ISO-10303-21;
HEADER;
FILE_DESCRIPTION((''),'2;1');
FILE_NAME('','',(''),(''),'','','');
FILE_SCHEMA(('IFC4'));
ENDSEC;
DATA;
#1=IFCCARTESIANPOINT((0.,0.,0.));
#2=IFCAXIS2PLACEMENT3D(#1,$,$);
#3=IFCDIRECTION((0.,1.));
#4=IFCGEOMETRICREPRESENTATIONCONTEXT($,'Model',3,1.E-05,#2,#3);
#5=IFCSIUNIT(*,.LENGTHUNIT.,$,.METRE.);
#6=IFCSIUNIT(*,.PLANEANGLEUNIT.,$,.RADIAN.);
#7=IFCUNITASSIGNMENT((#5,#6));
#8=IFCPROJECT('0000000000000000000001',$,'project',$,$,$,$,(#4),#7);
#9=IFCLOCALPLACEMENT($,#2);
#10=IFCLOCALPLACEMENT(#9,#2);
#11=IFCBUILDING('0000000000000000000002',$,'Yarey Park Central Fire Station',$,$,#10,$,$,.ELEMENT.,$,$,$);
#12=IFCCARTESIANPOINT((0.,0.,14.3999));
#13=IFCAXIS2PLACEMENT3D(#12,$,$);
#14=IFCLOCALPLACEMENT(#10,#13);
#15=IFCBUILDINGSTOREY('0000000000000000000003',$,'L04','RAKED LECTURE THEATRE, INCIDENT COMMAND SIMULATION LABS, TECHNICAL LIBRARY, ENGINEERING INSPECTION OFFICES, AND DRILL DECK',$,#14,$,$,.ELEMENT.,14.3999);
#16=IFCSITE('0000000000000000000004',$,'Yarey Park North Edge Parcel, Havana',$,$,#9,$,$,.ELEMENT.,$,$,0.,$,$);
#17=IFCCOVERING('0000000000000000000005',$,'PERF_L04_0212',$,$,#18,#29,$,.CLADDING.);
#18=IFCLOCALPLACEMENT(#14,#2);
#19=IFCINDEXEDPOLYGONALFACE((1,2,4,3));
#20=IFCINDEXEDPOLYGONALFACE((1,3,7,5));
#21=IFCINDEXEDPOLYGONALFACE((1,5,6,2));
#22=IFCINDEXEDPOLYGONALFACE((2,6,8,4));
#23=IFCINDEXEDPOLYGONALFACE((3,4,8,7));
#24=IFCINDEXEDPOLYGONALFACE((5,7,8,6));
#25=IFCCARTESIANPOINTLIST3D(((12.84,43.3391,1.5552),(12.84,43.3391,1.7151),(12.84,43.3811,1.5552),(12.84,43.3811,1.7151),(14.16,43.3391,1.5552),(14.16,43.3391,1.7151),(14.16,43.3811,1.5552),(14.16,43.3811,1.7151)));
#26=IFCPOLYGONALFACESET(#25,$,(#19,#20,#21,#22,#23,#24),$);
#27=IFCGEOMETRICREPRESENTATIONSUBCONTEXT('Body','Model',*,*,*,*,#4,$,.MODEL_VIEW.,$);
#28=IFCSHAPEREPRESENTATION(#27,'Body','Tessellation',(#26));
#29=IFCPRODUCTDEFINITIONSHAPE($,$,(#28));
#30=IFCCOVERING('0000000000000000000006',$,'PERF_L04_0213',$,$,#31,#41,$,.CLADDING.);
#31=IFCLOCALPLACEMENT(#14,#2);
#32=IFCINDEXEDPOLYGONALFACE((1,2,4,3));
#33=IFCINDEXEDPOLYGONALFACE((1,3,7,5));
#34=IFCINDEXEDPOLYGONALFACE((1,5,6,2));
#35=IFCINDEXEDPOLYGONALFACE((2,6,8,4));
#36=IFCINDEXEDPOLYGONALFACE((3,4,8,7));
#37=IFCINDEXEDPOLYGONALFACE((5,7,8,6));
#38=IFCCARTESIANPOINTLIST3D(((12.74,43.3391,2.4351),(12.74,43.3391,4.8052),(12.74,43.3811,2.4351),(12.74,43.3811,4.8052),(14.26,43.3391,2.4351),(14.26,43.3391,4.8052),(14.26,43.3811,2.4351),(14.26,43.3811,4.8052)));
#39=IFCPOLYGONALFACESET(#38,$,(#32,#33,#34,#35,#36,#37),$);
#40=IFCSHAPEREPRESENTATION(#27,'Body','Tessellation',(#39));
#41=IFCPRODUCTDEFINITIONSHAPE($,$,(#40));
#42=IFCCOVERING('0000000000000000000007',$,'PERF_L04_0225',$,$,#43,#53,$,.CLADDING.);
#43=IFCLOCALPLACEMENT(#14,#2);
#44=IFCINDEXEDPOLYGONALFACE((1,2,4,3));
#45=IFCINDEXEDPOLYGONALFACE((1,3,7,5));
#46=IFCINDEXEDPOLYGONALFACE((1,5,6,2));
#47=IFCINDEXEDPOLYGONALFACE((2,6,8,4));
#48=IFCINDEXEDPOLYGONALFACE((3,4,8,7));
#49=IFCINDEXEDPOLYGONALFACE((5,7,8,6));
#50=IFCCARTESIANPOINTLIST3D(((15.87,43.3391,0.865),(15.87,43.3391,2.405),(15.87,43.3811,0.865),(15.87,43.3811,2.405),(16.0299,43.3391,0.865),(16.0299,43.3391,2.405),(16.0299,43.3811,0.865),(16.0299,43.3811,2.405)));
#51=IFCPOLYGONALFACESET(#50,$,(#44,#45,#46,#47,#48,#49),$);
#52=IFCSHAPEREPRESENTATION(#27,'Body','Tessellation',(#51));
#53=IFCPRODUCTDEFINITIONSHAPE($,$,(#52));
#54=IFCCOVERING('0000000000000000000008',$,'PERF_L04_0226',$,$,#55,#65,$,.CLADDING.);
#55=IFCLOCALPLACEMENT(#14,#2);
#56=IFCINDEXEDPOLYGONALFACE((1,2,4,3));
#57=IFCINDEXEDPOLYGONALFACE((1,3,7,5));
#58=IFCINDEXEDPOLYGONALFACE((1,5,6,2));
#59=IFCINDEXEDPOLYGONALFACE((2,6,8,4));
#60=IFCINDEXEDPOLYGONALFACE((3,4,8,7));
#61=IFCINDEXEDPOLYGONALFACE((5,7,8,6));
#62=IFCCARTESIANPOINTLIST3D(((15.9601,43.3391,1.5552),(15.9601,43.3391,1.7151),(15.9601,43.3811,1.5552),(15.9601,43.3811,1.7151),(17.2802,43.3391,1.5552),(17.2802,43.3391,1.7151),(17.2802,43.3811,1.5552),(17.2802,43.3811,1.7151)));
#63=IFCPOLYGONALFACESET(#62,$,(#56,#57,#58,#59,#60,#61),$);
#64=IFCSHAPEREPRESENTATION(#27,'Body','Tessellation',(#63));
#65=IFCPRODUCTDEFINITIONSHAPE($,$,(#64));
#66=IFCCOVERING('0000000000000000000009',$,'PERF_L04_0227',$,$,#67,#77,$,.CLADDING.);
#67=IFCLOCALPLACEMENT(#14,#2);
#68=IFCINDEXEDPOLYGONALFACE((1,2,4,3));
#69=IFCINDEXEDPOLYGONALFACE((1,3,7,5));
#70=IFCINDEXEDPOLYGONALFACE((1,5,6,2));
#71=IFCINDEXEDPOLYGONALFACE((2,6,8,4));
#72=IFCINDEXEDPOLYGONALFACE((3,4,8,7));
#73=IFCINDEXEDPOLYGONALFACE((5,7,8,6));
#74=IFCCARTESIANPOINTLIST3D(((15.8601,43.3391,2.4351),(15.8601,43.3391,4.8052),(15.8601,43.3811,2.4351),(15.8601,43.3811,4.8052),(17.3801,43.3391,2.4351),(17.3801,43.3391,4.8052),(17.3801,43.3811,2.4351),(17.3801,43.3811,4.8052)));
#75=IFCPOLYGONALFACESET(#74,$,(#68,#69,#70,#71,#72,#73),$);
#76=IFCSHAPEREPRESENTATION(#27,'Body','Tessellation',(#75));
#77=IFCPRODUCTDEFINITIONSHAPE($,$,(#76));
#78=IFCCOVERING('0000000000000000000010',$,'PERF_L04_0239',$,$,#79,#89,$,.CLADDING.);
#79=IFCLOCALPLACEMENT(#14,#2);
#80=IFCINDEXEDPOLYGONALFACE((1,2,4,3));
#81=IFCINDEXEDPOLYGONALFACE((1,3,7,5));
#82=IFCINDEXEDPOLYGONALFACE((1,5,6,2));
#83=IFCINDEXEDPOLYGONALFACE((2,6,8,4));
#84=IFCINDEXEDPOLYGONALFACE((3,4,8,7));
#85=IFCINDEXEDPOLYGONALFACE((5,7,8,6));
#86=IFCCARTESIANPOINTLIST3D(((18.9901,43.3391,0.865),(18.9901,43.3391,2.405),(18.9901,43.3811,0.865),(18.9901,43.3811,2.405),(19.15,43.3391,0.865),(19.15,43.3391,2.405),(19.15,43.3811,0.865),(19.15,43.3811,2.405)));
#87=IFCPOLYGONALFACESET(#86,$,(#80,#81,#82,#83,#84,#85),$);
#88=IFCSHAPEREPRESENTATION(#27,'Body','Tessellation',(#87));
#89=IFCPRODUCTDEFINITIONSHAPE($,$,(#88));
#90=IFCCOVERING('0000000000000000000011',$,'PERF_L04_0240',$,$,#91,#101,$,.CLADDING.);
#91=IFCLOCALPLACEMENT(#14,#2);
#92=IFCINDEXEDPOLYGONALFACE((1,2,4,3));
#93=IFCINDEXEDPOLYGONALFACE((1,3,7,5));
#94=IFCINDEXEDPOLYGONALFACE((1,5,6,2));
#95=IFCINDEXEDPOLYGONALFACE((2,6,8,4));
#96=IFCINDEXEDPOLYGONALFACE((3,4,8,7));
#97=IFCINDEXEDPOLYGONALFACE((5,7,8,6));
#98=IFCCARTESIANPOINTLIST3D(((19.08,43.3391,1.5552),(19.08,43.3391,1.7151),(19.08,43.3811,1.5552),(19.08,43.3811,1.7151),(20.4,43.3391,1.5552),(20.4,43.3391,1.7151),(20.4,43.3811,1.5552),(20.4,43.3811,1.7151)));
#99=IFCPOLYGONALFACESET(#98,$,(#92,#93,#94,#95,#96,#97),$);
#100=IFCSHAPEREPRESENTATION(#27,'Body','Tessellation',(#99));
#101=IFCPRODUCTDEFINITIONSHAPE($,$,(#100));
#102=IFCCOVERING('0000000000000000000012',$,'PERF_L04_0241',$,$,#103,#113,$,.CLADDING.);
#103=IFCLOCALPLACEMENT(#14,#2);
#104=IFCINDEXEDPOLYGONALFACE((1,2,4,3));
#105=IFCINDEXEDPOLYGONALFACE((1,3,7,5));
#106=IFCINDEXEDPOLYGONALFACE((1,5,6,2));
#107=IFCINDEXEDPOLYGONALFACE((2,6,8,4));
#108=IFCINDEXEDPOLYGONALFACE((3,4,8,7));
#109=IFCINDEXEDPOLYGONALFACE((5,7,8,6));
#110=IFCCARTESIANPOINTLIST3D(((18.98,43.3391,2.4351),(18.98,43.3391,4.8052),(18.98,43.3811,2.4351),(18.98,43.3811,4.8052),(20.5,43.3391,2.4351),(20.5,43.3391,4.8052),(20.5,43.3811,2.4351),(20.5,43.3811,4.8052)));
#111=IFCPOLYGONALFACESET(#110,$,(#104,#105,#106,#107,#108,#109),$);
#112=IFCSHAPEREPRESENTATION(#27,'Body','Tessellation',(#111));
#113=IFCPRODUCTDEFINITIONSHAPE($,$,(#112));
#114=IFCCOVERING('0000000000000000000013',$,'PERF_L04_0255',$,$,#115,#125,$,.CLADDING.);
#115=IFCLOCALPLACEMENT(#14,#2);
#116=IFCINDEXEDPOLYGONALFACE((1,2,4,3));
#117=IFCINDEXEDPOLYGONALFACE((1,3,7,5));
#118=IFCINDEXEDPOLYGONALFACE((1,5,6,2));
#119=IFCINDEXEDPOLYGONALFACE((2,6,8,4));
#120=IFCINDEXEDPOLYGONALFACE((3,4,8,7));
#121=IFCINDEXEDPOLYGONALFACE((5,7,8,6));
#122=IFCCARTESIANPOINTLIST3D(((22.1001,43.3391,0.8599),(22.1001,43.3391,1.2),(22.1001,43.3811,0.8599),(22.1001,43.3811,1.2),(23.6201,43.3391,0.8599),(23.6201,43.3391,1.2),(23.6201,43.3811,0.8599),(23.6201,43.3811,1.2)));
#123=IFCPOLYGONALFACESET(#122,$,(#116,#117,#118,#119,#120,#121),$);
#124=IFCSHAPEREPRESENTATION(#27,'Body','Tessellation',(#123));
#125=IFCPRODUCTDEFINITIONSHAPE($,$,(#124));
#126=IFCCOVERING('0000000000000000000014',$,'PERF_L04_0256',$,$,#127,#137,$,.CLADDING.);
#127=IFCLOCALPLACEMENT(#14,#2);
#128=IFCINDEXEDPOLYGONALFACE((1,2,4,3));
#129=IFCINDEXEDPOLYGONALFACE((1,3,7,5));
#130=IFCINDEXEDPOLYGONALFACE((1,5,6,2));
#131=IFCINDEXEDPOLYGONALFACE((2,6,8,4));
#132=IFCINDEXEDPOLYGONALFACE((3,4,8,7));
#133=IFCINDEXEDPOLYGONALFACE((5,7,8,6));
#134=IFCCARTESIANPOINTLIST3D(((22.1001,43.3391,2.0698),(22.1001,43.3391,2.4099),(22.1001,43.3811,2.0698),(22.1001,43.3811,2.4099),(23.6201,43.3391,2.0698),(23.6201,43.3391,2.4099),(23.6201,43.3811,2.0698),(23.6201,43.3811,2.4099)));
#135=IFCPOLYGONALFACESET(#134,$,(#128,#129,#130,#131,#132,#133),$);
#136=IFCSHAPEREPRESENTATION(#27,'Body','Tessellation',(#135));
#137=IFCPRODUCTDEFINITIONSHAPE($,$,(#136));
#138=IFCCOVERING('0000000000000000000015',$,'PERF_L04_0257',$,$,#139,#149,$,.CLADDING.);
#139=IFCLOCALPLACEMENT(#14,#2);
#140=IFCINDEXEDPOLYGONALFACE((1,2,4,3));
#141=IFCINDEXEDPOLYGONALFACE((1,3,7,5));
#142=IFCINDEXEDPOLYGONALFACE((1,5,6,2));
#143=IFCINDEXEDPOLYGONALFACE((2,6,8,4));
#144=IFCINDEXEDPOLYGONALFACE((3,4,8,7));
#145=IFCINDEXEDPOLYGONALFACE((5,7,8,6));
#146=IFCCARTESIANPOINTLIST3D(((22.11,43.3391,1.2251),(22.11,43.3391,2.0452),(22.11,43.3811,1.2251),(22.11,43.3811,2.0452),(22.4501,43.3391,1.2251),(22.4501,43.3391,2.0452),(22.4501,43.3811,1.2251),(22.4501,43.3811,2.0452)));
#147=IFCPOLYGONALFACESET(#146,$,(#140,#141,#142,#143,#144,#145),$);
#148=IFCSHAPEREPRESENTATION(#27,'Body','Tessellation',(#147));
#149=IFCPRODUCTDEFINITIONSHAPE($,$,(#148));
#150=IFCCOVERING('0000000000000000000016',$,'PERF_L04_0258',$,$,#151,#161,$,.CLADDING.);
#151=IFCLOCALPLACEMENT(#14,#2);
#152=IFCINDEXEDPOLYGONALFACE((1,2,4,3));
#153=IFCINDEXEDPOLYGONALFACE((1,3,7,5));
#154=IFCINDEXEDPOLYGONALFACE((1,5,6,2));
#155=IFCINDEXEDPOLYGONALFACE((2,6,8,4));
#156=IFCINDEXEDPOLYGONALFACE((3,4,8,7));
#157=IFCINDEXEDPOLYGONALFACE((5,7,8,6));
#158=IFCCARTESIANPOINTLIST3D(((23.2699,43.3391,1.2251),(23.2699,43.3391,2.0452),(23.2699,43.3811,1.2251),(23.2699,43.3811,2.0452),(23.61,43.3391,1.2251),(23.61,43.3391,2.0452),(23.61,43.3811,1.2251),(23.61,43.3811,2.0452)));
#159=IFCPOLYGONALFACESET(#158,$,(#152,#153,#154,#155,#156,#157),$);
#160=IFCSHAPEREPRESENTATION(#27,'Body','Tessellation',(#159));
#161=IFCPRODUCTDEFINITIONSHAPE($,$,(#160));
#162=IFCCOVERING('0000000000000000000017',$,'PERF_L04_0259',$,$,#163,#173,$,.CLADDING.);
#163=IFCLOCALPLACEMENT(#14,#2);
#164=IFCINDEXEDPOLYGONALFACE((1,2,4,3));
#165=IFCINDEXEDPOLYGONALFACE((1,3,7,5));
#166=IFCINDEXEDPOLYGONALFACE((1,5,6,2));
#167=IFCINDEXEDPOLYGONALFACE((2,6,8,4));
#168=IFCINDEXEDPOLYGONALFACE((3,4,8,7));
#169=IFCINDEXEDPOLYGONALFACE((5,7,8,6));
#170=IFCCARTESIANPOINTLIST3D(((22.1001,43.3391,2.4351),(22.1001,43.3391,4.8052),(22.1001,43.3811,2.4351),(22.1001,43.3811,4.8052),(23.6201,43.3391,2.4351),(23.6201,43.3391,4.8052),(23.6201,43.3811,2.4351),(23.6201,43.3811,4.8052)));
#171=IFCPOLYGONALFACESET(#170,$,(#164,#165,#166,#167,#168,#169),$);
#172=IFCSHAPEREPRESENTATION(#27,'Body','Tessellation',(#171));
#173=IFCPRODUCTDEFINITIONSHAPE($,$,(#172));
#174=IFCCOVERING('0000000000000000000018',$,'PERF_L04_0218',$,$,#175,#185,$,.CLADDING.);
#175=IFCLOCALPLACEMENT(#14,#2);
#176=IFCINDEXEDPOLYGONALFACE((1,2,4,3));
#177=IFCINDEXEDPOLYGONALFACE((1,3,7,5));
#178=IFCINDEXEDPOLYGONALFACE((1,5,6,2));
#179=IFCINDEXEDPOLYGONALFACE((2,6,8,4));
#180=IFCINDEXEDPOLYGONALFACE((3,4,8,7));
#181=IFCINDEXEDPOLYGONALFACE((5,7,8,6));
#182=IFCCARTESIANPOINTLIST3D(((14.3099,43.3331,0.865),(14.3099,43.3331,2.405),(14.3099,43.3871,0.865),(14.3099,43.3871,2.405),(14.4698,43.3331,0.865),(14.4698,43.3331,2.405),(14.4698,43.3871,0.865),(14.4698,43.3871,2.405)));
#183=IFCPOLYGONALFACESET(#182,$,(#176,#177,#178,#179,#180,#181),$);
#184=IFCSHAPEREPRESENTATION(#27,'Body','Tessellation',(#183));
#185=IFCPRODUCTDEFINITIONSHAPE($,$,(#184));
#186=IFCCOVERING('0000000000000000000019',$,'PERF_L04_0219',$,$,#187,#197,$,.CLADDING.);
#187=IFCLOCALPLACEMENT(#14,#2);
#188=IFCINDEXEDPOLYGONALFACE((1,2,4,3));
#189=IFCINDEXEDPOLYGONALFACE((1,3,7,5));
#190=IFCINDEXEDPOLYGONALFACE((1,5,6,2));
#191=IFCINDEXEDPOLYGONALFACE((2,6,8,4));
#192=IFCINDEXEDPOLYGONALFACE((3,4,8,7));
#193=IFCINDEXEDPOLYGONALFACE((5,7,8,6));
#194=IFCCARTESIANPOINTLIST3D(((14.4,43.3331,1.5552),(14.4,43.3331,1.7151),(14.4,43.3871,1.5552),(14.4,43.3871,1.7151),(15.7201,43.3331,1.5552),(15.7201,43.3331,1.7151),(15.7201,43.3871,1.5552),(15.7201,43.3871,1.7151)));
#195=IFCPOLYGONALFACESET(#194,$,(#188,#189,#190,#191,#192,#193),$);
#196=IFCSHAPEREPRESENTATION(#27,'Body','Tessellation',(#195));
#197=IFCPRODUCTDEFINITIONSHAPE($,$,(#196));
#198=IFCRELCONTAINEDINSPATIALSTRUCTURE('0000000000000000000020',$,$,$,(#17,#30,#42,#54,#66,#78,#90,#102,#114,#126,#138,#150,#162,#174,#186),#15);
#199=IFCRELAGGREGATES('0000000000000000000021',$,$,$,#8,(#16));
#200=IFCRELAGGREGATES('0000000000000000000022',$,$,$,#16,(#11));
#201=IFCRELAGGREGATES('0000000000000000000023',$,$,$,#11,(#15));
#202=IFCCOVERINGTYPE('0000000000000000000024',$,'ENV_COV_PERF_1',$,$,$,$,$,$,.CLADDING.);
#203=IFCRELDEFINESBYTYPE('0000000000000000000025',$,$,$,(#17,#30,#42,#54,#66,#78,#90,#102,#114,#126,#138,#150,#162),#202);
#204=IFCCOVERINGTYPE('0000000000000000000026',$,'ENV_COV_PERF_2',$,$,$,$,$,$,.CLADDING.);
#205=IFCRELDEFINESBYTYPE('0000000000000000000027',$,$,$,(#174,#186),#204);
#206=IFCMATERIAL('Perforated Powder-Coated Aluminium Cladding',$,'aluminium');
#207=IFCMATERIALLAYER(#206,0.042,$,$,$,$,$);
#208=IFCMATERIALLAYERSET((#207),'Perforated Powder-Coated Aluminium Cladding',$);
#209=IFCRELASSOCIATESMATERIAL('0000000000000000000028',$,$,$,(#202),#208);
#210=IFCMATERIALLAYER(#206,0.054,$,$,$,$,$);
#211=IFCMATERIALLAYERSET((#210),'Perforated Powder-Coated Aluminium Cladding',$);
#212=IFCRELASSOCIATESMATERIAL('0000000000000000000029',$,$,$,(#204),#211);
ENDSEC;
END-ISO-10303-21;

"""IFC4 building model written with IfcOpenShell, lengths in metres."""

from ifc_helpers import new_model, si_unit, direction, frame, origin, origin_2d, place, context, subcontext, project, spatial, rectangle, extrude, material, layer, layer_set, type_object, element, save


model = new_model("IFC4")

# Units and contexts
model_context = context("Model", 3, precision=1e-05, world=origin(), true_north=direction((0.0, 1.0)))
body_context = subcontext(model_context, "Body", "Model", "MODEL_VIEW")
ifc_project = project(units=[si_unit("LENGTHUNIT", "METRE"), si_unit("PLANEANGLEUNIT", "RADIAN")], contexts=[model_context])

# Site, building, storey
site_placement = place(None, origin())
site = spatial("IfcSite", under=ifc_project, at=site_placement, Name="Yarey Park North Edge Parcel, Havana", CompositionType="ELEMENT", RefElevation=0.0)
building_placement = place(site_placement, origin())
building = spatial("IfcBuilding", under=site, at=building_placement, Name="Yarey Park Central Fire Station", CompositionType="ELEMENT")
storey_placement = place(building_placement, frame((0.0, 0.0, 14.3999)))
storey = spatial("IfcBuildingStorey", under=building, at=storey_placement, Name="L04", Description="RAKED LECTURE THEATRE, INCIDENT COMMAND SIMULATION LABS, TECHNICAL LIBRARY, ENGINEERING INSPECTION OFFICES, AND DRILL DECK", CompositionType="ELEMENT", Elevation=14.3999)

# Coverings
ifc_material = material(Name="Perforated Powder-Coated Aluminium Cladding", Category="aluminium")
ifc_layer_1 = layer(ifc_material, 0.042)
ifc_layer_set_1 = layer_set([ifc_layer_1], Name="Perforated Powder-Coated Aluminium Cladding")
covering_type_1 = type_object("IfcCoveringType", Name="ENV_COV_PERF_1", PredefinedType="CLADDING", material=ifc_layer_set_1)
covering_1_placement = place(storey_placement, frame((13.5, 43.3601, 1.5552), z_axis=(0.0, 0.0, 1.0), x_axis=(1.0, 0.0, 0.0)))
element("IfcCovering", 1, at=covering_1_placement, inside=storey, type_object=covering_type_1, Name="PERF_L04_0212", PredefinedType="CLADDING", context=body_context, shape_type="SweptSolid", body=[
    extrude(rectangle(XDim=1.3201, YDim=0.042, at=origin_2d()), origin(), (0.0, 0.0, 1.0), 0.1599),
])
covering_2_placement = place(storey_placement, frame((13.5, 43.3601, 2.4351), z_axis=(0.0, 0.0, 1.0), x_axis=(1.0, 0.0, 0.0)))
element("IfcCovering", 2, at=covering_2_placement, inside=storey, type_object=covering_type_1, Name="PERF_L04_0213", PredefinedType="CLADDING", context=body_context, shape_type="SweptSolid", body=[
    extrude(rectangle(XDim=1.52, YDim=0.042, at=origin_2d()), origin(), (0.0, 0.0, 1.0), 2.3701),
])
covering_3_placement = place(storey_placement, frame((15.95, 43.3601, 0.865), z_axis=(0.0, 0.0, 1.0), x_axis=(1.0, 0.0, 0.0)))
element("IfcCovering", 3, at=covering_3_placement, inside=storey, type_object=covering_type_1, Name="PERF_L04_0225", PredefinedType="CLADDING", context=body_context, shape_type="SweptSolid", body=[
    extrude(rectangle(XDim=0.1599, YDim=0.042, at=origin_2d()), origin(), (0.0, 0.0, 1.0), 1.54),
])
covering_4_placement = place(storey_placement, frame((16.6201, 43.3601, 1.5552), z_axis=(0.0, 0.0, 1.0), x_axis=(1.0, 0.0, 0.0)))
element("IfcCovering", 4, at=covering_4_placement, inside=storey, type_object=covering_type_1, Name="PERF_L04_0226", PredefinedType="CLADDING", context=body_context, shape_type="SweptSolid", body=[
    extrude(rectangle(XDim=1.3201, YDim=0.042, at=origin_2d()), origin(), (0.0, 0.0, 1.0), 0.1599),
])
covering_5_placement = place(storey_placement, frame((16.6201, 43.3601, 2.4351), z_axis=(0.0, 0.0, 1.0), x_axis=(1.0, 0.0, 0.0)))
element("IfcCovering", 5, at=covering_5_placement, inside=storey, type_object=covering_type_1, Name="PERF_L04_0227", PredefinedType="CLADDING", context=body_context, shape_type="SweptSolid", body=[
    extrude(rectangle(XDim=1.52, YDim=0.042, at=origin_2d()), origin(), (0.0, 0.0, 1.0), 2.3701),
])
covering_6_placement = place(storey_placement, frame((19.0701, 43.3601, 0.865), z_axis=(0.0, 0.0, 1.0), x_axis=(1.0, 0.0, 0.0)))
element("IfcCovering", 6, at=covering_6_placement, inside=storey, type_object=covering_type_1, Name="PERF_L04_0239", PredefinedType="CLADDING", context=body_context, shape_type="SweptSolid", body=[
    extrude(rectangle(XDim=0.1599, YDim=0.042, at=origin_2d()), origin(), (0.0, 0.0, 1.0), 1.54),
])
covering_7_placement = place(storey_placement, frame((19.74, 43.3601, 1.5552), z_axis=(0.0, 0.0, 1.0), x_axis=(1.0, 0.0, 0.0)))
element("IfcCovering", 7, at=covering_7_placement, inside=storey, type_object=covering_type_1, Name="PERF_L04_0240", PredefinedType="CLADDING", context=body_context, shape_type="SweptSolid", body=[
    extrude(rectangle(XDim=1.3201, YDim=0.042, at=origin_2d()), origin(), (0.0, 0.0, 1.0), 0.1599),
])
covering_8_placement = place(storey_placement, frame((19.74, 43.3601, 2.4351), z_axis=(0.0, 0.0, 1.0), x_axis=(1.0, 0.0, 0.0)))
element("IfcCovering", 8, at=covering_8_placement, inside=storey, type_object=covering_type_1, Name="PERF_L04_0241", PredefinedType="CLADDING", context=body_context, shape_type="SweptSolid", body=[
    extrude(rectangle(XDim=1.52, YDim=0.042, at=origin_2d()), origin(), (0.0, 0.0, 1.0), 2.3701),
])
for number, where, z_axis, x_axis, name in (
    (9, (22.8601, 43.3601, 0.8599), (0.0, 0.0, 1.0), (1.0, 0.0, 0.0), "PERF_L04_0255"),
    (10, (22.8601, 43.3601, 2.0698), (0.0, 0.0, 1.0), (1.0, 0.0, 0.0), "PERF_L04_0256"),
):
    element("IfcCovering", number, at=place(storey_placement, frame(where, z_axis=z_axis, x_axis=x_axis)), inside=storey, type_object=covering_type_1, Name=name, PredefinedType="CLADDING", context=body_context, shape_type="SweptSolid", body=[
        extrude(rectangle(XDim=1.52, YDim=0.042, at=origin_2d()), origin(), (0.0, 0.0, 1.0), 0.3401),
    ])
for number, where, z_axis, x_axis, name in (
    (11, (22.28, 43.3601, 1.2251), (0.0, 0.0, 1.0), (1.0, 0.0, 0.0), "PERF_L04_0257"),
    (12, (23.4399, 43.3601, 1.2251), (0.0, 0.0, 1.0), (1.0, 0.0, 0.0), "PERF_L04_0258"),
):
    element("IfcCovering", number, at=place(storey_placement, frame(where, z_axis=z_axis, x_axis=x_axis)), inside=storey, type_object=covering_type_1, Name=name, PredefinedType="CLADDING", context=body_context, shape_type="SweptSolid", body=[
        extrude(rectangle(XDim=0.3401, YDim=0.042, at=origin_2d()), origin(), (0.0, 0.0, 1.0), 0.8201),
    ])
covering_9_placement = place(storey_placement, frame((22.8601, 43.3601, 2.4351), z_axis=(0.0, 0.0, 1.0), x_axis=(1.0, 0.0, 0.0)))
element("IfcCovering", 13, at=covering_9_placement, inside=storey, type_object=covering_type_1, Name="PERF_L04_0259", PredefinedType="CLADDING", context=body_context, shape_type="SweptSolid", body=[
    extrude(rectangle(XDim=1.52, YDim=0.042, at=origin_2d()), origin(), (0.0, 0.0, 1.0), 2.3701),
])
ifc_layer_2 = layer(ifc_material, 0.054)
ifc_layer_set_2 = layer_set([ifc_layer_2], Name="Perforated Powder-Coated Aluminium Cladding")
covering_type_2 = type_object("IfcCoveringType", Name="ENV_COV_PERF_2", PredefinedType="CLADDING", material=ifc_layer_set_2)
covering_10_placement = place(storey_placement, frame((14.3899, 43.3601, 0.865), z_axis=(0.0, 0.0, 1.0), x_axis=(1.0, 0.0, 0.0)))
element("IfcCovering", 14, at=covering_10_placement, inside=storey, type_object=covering_type_2, Name="PERF_L04_0218", PredefinedType="CLADDING", context=body_context, shape_type="SweptSolid", body=[
    extrude(rectangle(XDim=0.1599, YDim=0.054, at=origin_2d()), origin(), (0.0, 0.0, 1.0), 1.54),
])
covering_11_placement = place(storey_placement, frame((15.0601, 43.3601, 1.5552), z_axis=(0.0, 0.0, 1.0), x_axis=(1.0, 0.0, 0.0)))
element("IfcCovering", 15, at=covering_11_placement, inside=storey, type_object=covering_type_2, Name="PERF_L04_0219", PredefinedType="CLADDING", context=body_context, shape_type="SweptSolid", body=[
    extrude(rectangle(XDim=1.3201, YDim=0.054, at=origin_2d()), origin(), (0.0, 0.0, 1.0), 0.1599),
])

save(model, "model.ifc")
